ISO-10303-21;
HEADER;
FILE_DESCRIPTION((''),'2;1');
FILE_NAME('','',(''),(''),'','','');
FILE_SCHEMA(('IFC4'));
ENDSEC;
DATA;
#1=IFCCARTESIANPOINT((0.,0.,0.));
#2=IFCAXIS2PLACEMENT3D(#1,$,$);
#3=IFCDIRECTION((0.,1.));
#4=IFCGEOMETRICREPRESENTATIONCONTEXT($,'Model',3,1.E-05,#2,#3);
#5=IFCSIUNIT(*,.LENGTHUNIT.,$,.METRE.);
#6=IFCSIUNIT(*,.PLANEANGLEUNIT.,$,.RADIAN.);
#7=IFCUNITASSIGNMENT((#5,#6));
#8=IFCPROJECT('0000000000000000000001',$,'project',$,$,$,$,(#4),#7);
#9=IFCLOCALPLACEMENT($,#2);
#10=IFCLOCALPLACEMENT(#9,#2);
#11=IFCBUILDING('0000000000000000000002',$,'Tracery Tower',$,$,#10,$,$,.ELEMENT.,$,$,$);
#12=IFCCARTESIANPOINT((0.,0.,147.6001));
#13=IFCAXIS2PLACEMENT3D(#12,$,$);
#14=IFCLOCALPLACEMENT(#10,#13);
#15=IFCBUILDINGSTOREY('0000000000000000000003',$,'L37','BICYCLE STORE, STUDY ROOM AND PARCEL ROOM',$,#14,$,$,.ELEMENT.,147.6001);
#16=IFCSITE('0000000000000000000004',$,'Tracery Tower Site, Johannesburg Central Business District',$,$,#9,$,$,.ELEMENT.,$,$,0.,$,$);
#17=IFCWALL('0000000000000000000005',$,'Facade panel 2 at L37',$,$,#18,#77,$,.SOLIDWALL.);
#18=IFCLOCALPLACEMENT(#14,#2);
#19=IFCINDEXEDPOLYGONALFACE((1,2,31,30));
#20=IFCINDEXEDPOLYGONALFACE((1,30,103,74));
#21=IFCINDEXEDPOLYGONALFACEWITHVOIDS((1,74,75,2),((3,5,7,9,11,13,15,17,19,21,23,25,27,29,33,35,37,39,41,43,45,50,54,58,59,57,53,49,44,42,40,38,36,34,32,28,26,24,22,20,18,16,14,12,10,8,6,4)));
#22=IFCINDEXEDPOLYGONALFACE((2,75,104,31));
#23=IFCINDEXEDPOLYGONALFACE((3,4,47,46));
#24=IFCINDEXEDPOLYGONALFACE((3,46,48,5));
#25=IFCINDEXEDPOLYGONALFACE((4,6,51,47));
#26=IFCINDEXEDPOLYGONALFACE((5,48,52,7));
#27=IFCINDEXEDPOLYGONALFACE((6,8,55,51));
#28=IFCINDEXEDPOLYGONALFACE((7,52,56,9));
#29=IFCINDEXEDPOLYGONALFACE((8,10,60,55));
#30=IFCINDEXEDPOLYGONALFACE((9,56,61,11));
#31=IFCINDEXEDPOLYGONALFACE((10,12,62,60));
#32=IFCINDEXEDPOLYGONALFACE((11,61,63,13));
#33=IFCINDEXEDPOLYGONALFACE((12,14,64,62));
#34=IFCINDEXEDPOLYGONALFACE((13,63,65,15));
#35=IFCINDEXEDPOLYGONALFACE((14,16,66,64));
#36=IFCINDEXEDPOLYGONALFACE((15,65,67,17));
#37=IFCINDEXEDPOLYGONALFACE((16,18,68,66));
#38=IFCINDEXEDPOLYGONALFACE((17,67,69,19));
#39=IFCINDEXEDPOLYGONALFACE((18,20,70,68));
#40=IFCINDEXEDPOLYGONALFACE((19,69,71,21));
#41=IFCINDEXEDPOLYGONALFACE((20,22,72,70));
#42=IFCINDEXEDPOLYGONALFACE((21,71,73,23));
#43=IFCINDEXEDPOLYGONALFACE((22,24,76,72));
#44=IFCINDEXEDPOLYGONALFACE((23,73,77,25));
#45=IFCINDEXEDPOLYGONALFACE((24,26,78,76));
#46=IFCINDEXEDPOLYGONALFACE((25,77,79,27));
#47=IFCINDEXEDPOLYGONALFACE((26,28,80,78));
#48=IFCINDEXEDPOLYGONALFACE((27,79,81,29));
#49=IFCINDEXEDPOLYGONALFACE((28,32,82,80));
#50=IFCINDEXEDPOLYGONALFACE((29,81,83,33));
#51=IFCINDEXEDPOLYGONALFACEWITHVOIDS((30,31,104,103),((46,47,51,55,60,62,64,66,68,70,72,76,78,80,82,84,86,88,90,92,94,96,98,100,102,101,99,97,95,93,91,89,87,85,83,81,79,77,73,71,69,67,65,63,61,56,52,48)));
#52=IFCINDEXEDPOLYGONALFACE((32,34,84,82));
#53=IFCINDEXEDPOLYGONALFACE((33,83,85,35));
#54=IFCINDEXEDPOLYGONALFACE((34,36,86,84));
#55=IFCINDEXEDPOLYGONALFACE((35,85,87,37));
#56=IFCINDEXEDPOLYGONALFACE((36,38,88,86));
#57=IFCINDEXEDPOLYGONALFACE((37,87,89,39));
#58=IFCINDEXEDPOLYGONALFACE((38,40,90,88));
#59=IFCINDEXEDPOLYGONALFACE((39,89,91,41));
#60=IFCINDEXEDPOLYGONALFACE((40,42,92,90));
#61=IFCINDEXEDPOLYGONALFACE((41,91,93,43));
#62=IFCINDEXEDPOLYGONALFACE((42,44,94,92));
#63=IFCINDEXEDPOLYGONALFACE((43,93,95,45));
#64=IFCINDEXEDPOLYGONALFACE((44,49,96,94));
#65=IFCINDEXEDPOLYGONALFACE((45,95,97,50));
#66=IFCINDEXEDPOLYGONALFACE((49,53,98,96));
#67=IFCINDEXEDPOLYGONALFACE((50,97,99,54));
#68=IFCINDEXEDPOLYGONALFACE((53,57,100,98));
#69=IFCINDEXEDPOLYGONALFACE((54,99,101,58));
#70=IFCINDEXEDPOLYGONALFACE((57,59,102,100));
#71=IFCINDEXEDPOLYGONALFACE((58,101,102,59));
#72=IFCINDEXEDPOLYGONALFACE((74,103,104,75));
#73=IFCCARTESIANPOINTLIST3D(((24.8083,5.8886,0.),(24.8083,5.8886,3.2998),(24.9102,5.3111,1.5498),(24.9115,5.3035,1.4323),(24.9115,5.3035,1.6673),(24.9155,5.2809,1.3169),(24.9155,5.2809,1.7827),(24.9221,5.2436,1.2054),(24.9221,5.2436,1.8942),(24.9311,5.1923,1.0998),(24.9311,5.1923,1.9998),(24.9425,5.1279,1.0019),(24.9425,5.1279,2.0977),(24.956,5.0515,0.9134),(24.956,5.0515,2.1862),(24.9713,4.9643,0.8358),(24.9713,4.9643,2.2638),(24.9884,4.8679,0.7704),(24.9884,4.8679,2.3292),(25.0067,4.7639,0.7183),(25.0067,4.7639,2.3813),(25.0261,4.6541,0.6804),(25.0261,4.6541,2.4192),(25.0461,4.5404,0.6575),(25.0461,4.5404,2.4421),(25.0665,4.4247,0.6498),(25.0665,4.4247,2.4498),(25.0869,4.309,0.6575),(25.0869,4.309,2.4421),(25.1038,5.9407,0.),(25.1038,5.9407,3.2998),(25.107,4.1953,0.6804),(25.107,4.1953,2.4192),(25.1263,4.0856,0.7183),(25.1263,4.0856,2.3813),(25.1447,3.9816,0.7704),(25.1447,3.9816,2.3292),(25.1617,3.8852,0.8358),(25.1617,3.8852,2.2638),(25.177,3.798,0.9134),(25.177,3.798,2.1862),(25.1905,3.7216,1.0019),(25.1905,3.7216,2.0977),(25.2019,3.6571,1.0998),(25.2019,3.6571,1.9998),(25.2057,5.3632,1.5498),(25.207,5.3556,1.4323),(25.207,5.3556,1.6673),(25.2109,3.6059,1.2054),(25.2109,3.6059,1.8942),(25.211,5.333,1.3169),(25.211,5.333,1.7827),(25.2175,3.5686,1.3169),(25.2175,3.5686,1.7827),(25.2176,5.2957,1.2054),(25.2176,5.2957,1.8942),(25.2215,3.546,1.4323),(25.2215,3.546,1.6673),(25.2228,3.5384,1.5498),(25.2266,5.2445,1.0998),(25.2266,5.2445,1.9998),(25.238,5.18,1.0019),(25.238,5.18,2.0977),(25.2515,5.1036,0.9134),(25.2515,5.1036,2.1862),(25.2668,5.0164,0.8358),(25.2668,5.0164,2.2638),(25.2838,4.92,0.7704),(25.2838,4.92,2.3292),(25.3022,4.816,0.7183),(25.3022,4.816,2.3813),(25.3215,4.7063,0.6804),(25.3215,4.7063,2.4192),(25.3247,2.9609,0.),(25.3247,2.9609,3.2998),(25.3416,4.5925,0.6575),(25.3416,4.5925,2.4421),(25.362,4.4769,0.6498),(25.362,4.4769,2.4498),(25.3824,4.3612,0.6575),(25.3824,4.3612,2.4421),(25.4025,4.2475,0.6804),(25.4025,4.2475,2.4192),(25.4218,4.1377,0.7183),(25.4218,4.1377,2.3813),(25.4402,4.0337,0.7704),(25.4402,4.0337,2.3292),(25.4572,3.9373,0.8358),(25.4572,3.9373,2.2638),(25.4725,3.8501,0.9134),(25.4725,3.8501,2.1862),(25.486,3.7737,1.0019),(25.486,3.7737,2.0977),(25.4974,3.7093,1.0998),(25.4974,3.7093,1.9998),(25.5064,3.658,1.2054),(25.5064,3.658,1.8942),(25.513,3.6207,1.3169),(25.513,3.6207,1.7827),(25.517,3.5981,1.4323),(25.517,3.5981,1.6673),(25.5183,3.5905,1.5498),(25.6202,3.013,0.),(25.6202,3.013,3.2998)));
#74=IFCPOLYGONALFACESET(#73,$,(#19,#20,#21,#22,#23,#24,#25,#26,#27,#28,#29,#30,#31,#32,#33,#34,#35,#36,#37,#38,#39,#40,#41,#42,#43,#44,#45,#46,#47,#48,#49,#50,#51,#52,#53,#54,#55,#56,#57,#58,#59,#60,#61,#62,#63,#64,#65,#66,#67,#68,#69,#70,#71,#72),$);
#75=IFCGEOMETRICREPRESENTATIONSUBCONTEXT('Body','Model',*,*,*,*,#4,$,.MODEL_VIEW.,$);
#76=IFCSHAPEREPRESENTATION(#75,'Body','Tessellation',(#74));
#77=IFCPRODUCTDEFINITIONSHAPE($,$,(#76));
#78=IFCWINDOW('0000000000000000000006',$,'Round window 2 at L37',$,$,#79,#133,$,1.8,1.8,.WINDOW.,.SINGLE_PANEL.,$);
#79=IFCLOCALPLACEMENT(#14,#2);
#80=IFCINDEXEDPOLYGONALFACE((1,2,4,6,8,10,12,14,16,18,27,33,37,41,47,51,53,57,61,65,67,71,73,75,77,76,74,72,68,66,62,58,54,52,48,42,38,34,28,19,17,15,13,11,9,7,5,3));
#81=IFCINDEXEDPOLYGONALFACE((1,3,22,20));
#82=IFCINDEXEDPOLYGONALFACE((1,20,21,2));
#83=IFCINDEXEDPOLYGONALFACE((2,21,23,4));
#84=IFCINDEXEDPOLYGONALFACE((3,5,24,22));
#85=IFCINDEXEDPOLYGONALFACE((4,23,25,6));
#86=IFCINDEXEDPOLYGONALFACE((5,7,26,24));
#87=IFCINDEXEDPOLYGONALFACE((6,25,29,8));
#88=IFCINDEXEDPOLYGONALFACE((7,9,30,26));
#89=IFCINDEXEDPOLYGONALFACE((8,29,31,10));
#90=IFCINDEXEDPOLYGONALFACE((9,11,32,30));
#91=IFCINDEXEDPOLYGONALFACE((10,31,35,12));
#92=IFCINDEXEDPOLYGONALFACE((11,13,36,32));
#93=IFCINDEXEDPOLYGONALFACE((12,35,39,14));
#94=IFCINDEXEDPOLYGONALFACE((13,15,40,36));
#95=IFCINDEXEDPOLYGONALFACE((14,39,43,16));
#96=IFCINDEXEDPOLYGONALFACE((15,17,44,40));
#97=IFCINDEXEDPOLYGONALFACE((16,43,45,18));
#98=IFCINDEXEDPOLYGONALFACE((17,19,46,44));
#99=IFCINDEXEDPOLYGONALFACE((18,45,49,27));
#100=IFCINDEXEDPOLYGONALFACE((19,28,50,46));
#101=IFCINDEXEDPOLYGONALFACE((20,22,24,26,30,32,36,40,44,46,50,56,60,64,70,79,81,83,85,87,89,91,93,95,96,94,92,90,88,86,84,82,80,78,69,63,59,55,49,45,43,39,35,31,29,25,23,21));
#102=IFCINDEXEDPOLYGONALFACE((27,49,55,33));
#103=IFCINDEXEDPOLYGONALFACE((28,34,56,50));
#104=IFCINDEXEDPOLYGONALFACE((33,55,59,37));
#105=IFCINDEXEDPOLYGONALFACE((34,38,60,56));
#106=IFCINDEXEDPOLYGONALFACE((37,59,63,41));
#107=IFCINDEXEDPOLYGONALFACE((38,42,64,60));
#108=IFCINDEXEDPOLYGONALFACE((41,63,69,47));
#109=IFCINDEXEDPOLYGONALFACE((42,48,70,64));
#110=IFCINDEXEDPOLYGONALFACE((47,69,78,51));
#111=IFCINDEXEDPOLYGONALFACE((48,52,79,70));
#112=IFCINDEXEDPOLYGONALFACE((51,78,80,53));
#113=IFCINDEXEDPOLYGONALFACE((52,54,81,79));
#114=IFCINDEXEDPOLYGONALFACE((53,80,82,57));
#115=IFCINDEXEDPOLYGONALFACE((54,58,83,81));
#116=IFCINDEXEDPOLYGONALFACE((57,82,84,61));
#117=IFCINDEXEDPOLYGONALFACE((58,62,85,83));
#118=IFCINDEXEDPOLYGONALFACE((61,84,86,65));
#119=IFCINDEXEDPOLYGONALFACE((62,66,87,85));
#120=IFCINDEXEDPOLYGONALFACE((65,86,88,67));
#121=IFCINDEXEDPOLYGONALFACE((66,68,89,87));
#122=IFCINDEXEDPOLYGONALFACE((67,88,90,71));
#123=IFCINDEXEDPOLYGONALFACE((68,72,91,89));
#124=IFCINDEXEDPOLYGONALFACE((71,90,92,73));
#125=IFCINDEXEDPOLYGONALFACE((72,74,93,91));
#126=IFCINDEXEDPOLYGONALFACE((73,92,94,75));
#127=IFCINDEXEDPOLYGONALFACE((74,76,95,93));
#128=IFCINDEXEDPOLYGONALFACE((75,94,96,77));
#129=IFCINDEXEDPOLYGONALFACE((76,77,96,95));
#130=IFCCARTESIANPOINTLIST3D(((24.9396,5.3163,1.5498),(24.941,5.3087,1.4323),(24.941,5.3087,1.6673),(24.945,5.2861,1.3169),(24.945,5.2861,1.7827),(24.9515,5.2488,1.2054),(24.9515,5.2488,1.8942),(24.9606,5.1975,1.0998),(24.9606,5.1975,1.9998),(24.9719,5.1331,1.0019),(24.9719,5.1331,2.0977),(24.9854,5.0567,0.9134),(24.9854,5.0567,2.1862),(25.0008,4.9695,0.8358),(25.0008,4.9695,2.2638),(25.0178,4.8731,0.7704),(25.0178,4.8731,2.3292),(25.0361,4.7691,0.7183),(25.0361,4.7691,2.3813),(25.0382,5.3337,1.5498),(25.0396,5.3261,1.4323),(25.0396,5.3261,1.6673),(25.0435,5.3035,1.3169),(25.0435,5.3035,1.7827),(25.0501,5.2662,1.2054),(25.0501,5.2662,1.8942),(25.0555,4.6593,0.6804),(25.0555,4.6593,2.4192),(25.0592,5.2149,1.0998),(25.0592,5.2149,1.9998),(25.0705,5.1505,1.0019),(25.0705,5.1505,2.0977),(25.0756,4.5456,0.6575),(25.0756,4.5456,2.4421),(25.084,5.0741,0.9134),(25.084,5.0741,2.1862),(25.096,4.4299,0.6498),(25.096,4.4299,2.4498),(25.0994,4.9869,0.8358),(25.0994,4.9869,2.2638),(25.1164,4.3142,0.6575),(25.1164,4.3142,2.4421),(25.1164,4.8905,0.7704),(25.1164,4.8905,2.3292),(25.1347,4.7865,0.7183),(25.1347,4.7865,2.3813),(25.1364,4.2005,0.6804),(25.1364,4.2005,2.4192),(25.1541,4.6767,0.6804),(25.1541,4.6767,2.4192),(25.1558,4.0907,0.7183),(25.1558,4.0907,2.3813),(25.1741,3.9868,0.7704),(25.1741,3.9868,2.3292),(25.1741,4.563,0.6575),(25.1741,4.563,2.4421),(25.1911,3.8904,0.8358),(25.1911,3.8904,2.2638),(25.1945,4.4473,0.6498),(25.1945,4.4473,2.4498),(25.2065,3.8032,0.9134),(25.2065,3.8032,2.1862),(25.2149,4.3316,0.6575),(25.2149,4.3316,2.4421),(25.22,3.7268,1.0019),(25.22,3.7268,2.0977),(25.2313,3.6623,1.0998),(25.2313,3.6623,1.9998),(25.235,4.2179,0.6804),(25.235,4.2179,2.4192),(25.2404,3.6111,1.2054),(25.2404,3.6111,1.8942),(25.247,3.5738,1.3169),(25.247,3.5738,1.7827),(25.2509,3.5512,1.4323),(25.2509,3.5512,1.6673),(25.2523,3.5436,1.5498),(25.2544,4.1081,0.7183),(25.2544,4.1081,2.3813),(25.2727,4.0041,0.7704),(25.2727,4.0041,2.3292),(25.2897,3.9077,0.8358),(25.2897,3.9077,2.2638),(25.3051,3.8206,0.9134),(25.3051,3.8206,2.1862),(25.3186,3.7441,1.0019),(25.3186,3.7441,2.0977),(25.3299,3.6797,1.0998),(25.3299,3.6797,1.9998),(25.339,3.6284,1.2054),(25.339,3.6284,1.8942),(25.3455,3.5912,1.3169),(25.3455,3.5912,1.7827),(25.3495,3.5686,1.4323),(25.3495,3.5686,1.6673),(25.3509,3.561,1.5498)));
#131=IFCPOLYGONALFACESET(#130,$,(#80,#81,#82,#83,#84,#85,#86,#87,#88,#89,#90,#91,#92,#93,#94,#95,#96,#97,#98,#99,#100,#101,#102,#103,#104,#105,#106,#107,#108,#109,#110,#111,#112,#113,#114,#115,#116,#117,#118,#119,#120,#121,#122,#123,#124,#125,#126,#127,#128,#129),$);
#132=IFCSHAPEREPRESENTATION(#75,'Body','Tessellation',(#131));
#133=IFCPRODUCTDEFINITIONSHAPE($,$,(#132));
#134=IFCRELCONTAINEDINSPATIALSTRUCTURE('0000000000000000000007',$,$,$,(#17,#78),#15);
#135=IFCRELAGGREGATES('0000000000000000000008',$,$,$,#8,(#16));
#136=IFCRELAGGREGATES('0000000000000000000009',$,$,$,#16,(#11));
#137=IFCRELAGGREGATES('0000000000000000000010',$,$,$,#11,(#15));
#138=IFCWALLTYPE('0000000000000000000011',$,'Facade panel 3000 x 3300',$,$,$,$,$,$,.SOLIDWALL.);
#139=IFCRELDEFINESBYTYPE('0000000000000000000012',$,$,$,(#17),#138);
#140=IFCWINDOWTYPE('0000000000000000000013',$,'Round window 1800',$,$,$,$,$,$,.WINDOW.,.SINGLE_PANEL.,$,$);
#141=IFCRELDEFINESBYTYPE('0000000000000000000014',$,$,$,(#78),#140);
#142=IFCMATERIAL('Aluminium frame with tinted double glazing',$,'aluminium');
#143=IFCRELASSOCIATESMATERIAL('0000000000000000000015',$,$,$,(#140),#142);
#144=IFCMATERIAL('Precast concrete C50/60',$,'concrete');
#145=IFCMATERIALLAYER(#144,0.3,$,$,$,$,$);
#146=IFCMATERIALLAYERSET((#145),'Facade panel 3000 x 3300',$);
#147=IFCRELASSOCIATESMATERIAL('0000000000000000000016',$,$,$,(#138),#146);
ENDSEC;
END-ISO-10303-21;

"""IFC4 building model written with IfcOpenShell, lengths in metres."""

from ifc_helpers import new_model, si_unit, direction, frame, frame_2d, origin, origin_2d, place, context, subcontext, project, spatial, rectangle, circle, extrude, material, layer, layer_set, type_object, element, fill, save


model = new_model("IFC4")

# Units and contexts
model_context = context("Model", 3, precision=1e-05, world=origin(), true_north=direction((0.0, 1.0)))
body_context = subcontext(model_context, "Body", "Model", "MODEL_VIEW")
ifc_project = project(units=[si_unit("LENGTHUNIT", "METRE"), si_unit("PLANEANGLEUNIT", "RADIAN")], contexts=[model_context])

# Site, building, storey
site_placement = place(None, origin())
site = spatial("IfcSite", under=ifc_project, at=site_placement, Name="Tracery Tower Site, Johannesburg Central Business District", CompositionType="ELEMENT", RefElevation=0.0)
building_placement = place(site_placement, origin())
building = spatial("IfcBuilding", under=site, at=building_placement, Name="Tracery Tower", CompositionType="ELEMENT")
storey_placement = place(building_placement, frame((0.0, 0.0, 147.6001)))
storey = spatial("IfcBuildingStorey", under=building, at=storey_placement, Name="L37", Description="BICYCLE STORE, STUDY ROOM AND PARCEL ROOM", CompositionType="ELEMENT", Elevation=147.6001)

# Wall, opening, window
ifc_material_1 = material(Name="Aluminium frame with tinted double glazing", Category="aluminium")
window_type = type_object("IfcWindowType", Name="Round window 1800", PartitioningType="SINGLE_PANEL", PredefinedType="WINDOW", material=ifc_material_1)
ifc_material_2 = material(Name="Precast concrete C50/60", Category="concrete")
ifc_layer_1 = layer(ifc_material_2, 0.3)
ifc_layer_set_1 = layer_set([ifc_layer_1], Name="Facade panel 3000 x 3300")
wall_type_1 = type_object("IfcWallType", Name="Facade panel 3000 x 3300", PredefinedType="SOLIDWALL", material=ifc_layer_set_1)
wall_1_placement = place(storey_placement, frame((25.4724, 2.9871, 0.0), z_axis=(0.0, 0.0, 1.0), x_axis=(-0.173687, 0.984801, 0.0)))
wall_1 = element("IfcWall", 1, at=wall_1_placement, inside=storey, type_object=wall_type_1, Name="Facade panel 2 at L37", PredefinedType="SOLIDWALL", context=body_context, shape_type="SweptSolid", body=[
    extrude(rectangle(XDim=2.9729, YDim=0.3, at=frame_2d((1.4863, 0.0))), origin(), (0.0, 0.0, 1.0), 3.2998),
])
opening_1_placement = place(wall_1_placement, frame((1.4863, 0.0, 1.5498)))
opening_1 = element("IfcOpeningElement", 2, at=opening_1_placement, cuts=wall_1, PredefinedType="OPENING", context=body_context, shape_type="SweptSolid", body=[
    extrude(circle(Radius=0.9, at=origin_2d()), frame((0.0, 0.1599, 0.0), z_axis=(0.0, -1.0, 0.0), x_axis=(1.0, 0.0, 0.0)), (0.0, 0.0, 1.0), 0.3201),
])
window_1_placement = place(opening_1_placement, origin())
window_1 = element("IfcWindow", 3, at=window_1_placement, inside=storey, type_object=window_type, Name="Round window 2 at L37", OverallHeight=1.8, OverallWidth=1.8, PartitioningType="SINGLE_PANEL", PredefinedType="WINDOW", context=body_context, shape_type="SweptSolid", body=[
    extrude(circle(Radius=0.9, at=origin_2d()), frame((0.0, 0.1201, 0.0), z_axis=(0.0, -1.0, 0.0), x_axis=(1.0, 0.0, 0.0)), (0.0, 0.0, 1.0), 0.1001),
])
fill(opening_1, window_1)

save(model, "model.ifc")
